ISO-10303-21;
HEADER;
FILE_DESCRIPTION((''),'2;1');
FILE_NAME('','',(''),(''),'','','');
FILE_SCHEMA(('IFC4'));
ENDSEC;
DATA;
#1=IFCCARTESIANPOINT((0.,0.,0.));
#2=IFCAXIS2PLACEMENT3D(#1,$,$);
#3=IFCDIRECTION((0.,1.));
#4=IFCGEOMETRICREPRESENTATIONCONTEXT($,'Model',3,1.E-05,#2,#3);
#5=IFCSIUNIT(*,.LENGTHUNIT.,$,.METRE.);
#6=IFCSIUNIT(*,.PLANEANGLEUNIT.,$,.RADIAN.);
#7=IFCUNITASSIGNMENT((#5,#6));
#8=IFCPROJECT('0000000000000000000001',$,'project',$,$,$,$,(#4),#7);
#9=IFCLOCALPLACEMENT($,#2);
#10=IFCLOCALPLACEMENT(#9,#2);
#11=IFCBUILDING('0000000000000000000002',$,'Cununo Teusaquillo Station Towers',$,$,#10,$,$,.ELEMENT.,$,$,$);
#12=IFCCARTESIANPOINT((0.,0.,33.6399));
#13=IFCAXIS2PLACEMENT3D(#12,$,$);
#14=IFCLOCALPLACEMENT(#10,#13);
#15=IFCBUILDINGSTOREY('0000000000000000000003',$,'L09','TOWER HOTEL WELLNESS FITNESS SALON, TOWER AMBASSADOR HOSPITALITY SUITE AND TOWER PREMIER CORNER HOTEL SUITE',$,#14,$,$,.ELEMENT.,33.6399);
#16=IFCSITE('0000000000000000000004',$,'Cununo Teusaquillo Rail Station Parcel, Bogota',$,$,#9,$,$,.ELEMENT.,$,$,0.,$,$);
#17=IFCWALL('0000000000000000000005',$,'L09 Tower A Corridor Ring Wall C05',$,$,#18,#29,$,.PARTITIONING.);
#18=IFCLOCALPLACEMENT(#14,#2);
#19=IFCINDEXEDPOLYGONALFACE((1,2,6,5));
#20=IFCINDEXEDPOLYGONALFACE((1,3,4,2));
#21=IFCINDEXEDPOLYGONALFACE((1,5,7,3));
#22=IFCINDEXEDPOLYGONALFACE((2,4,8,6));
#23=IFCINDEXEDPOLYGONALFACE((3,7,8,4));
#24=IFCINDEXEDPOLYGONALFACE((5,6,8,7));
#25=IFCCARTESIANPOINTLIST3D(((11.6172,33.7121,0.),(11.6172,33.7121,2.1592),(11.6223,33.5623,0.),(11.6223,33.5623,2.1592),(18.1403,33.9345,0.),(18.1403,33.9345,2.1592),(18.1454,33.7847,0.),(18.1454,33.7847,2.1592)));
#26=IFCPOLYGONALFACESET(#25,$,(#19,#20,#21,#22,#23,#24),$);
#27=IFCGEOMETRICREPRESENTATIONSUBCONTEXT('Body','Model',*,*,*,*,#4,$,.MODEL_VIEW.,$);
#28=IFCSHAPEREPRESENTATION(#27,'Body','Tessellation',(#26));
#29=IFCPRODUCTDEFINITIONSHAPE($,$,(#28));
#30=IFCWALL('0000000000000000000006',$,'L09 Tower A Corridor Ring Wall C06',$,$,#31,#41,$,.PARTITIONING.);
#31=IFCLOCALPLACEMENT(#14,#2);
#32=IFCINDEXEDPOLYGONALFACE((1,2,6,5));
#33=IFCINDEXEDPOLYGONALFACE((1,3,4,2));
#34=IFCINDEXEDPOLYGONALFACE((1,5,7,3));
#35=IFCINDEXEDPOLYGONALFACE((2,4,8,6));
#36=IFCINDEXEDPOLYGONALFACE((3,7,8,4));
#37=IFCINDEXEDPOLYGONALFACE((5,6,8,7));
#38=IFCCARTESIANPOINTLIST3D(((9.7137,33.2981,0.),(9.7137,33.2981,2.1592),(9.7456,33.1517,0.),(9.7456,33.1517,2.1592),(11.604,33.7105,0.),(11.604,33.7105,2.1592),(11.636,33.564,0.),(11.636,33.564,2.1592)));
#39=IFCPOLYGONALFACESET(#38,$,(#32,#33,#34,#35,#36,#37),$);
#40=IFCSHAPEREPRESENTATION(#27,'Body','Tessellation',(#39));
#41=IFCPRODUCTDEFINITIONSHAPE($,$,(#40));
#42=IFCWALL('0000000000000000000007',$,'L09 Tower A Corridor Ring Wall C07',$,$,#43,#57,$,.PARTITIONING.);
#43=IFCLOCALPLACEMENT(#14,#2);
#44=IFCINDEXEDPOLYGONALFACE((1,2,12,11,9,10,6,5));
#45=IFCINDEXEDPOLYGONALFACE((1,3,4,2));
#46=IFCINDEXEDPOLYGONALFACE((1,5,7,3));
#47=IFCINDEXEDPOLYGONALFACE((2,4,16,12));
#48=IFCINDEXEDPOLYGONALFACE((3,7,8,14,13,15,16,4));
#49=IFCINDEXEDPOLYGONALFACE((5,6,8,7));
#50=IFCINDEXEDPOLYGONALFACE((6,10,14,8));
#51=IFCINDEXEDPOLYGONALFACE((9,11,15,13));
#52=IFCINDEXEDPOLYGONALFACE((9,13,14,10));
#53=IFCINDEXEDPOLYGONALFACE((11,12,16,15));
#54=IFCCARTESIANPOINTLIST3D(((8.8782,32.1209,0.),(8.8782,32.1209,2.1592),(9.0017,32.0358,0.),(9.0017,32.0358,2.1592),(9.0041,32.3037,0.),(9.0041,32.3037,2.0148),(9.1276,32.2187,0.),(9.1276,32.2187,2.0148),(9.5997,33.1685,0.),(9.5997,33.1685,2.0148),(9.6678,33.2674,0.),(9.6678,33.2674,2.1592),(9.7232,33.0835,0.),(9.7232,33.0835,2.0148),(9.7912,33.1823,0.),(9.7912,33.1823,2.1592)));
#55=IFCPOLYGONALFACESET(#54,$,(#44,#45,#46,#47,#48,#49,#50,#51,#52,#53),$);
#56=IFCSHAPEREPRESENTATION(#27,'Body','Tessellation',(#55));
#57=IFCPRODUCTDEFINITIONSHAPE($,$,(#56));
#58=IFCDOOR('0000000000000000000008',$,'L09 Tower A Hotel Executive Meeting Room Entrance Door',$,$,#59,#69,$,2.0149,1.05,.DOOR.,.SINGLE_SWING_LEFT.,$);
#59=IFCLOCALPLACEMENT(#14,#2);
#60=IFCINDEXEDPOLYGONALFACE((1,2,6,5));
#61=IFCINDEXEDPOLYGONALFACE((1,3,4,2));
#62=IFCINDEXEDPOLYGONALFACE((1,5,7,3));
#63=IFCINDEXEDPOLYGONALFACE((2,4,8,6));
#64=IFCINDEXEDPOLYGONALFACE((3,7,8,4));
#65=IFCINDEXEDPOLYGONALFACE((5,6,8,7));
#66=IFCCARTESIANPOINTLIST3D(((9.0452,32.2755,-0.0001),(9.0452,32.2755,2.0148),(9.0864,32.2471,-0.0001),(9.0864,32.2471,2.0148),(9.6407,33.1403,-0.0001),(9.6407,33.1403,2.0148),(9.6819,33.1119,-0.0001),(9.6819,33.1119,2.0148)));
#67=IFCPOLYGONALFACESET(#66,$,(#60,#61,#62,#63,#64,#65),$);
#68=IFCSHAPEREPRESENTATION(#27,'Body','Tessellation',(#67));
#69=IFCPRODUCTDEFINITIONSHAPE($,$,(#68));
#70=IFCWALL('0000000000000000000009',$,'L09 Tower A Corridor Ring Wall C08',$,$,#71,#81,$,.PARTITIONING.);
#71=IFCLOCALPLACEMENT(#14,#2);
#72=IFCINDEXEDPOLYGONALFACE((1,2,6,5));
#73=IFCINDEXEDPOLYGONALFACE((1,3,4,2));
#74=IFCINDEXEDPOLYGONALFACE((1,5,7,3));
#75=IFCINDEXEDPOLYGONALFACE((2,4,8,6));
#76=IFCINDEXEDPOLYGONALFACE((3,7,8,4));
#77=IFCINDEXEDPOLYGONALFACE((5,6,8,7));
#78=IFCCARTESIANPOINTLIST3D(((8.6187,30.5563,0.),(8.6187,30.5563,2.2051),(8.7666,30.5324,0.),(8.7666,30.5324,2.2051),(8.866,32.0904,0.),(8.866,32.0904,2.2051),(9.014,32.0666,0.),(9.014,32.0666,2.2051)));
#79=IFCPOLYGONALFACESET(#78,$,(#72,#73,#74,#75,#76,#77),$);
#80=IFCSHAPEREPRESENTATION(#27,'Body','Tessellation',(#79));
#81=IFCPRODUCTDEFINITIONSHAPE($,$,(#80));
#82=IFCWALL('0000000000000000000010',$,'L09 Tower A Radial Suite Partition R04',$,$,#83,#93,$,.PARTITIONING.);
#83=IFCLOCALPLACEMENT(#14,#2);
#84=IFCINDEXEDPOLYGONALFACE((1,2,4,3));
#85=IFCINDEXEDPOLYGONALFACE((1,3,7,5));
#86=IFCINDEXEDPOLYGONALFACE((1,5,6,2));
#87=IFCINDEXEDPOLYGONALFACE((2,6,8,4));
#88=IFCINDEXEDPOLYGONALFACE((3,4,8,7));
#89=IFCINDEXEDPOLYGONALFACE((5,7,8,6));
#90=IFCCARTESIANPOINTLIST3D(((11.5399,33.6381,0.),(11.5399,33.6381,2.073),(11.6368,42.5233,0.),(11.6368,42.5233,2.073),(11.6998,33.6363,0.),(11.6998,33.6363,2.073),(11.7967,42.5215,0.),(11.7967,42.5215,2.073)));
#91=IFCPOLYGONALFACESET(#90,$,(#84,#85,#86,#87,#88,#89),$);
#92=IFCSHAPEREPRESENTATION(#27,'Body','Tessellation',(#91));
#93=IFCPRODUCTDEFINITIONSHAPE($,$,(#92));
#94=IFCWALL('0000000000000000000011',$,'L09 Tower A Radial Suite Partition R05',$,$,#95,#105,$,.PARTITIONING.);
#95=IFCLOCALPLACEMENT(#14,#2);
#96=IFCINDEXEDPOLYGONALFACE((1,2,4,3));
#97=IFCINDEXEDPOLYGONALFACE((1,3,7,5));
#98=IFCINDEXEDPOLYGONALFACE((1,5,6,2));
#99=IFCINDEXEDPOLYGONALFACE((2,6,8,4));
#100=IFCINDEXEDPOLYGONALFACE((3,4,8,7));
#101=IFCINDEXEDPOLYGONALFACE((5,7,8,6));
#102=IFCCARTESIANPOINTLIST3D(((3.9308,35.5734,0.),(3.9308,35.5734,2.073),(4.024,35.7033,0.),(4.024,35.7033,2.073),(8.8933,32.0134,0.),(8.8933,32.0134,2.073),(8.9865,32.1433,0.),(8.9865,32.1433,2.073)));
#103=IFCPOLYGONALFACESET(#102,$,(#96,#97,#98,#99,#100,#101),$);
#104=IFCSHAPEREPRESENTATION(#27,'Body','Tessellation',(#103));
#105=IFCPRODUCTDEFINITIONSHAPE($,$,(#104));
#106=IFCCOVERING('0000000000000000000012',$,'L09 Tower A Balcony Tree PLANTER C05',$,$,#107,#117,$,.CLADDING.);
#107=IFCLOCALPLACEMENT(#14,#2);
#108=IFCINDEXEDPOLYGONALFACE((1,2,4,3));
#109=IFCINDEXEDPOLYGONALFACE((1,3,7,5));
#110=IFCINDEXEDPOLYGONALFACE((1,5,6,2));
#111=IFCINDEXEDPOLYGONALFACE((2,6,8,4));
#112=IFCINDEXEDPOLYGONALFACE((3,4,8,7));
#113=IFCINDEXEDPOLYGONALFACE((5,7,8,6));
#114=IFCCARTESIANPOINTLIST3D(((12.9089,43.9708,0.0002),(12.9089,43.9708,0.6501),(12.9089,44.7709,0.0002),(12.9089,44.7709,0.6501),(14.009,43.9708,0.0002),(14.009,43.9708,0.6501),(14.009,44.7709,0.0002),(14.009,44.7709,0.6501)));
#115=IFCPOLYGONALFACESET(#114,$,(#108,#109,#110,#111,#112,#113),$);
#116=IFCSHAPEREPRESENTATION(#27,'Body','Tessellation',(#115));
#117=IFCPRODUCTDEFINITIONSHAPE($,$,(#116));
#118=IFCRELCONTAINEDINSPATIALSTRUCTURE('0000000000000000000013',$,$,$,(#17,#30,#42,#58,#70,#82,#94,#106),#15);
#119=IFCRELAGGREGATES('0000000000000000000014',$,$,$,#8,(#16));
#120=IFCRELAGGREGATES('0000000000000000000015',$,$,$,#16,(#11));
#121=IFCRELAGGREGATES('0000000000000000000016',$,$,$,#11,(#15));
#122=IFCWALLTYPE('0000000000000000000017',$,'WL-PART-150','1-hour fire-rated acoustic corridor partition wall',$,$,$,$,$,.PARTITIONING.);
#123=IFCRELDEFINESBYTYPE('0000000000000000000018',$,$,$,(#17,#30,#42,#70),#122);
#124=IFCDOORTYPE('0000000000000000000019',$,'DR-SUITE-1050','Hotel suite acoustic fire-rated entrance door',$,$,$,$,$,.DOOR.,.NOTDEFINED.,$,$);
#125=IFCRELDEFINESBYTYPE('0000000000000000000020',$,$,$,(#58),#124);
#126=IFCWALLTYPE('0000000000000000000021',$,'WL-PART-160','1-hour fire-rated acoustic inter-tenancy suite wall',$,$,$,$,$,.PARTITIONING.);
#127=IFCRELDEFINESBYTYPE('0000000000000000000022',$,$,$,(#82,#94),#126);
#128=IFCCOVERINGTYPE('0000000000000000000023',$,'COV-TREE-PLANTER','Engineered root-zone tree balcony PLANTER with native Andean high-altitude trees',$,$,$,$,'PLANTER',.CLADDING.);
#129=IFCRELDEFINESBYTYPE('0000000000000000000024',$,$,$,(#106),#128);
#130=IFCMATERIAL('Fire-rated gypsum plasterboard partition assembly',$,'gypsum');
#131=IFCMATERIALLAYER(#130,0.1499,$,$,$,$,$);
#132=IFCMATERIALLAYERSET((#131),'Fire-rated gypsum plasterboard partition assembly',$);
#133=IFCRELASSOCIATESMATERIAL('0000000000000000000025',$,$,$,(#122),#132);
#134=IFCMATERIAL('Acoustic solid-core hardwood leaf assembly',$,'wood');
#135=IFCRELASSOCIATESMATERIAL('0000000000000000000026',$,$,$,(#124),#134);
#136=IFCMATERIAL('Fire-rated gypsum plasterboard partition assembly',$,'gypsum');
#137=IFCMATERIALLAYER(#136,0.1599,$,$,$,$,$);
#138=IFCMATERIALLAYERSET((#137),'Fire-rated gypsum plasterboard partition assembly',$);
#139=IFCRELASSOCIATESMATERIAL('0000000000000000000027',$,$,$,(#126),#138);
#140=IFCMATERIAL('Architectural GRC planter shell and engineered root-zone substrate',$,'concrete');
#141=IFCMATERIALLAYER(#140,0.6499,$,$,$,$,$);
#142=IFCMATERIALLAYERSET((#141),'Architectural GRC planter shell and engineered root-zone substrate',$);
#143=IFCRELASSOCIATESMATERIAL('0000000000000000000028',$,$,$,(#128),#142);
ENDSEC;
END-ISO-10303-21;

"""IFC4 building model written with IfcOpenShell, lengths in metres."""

from ifc_helpers import new_model, si_unit, direction, frame, frame_2d, origin, origin_2d, place, context, subcontext, project, spatial, rectangle, extrude, source, transform, mapped, material, layer, layer_set, type_object, element, fill, save


model = new_model("IFC4")

# Units and contexts
model_context = context("Model", 3, precision=1e-05, world=origin(), true_north=direction((0.0, 1.0)))
body_context = subcontext(model_context, "Body", "Model", "MODEL_VIEW")
ifc_project = project(units=[si_unit("LENGTHUNIT", "METRE"), si_unit("PLANEANGLEUNIT", "RADIAN")], contexts=[model_context])

# Site, building, storey
site_placement = place(None, origin())
site = spatial("IfcSite", under=ifc_project, at=site_placement, Name="Cununo Teusaquillo Rail Station Parcel, Bogota", CompositionType="ELEMENT", RefElevation=0.0)
building_placement = place(site_placement, origin())
building = spatial("IfcBuilding", under=site, at=building_placement, Name="Cununo Teusaquillo Station Towers", CompositionType="ELEMENT")
storey_placement = place(building_placement, frame((0.0, 0.0, 33.6399)))
storey = spatial("IfcBuildingStorey", under=building, at=storey_placement, Name="L09", Description="TOWER HOTEL WELLNESS FITNESS SALON, TOWER AMBASSADOR HOSPITALITY SUITE AND TOWER PREMIER CORNER HOTEL SUITE", CompositionType="ELEMENT", Elevation=33.6399)

# Walls
ifc_material_1 = material(Name="Fire-rated gypsum plasterboard partition assembly", Category="gypsum")
ifc_layer_1 = layer(ifc_material_1, 0.1499)
ifc_layer_set_1 = layer_set([ifc_layer_1], Name="Fire-rated gypsum plasterboard partition assembly")
wall_type_1 = type_object("IfcWallType", Name="WL-PART-150", Description="1-hour fire-rated acoustic corridor partition wall", PredefinedType="PARTITIONING", material=ifc_layer_set_1)
wall_1_placement = place(storey_placement, frame((18.1428, 33.8596, 0.0), z_axis=(0.0, 0.0, 1.0), x_axis=(-0.999419, -0.034077, 0.0)))
element("IfcWall", 1, at=wall_1_placement, inside=storey, type_object=wall_type_1, Name="L09 Tower A Corridor Ring Wall C05", PredefinedType="PARTITIONING", context=body_context, shape_type="SweptSolid", body=[
    extrude(rectangle(XDim=6.5269, YDim=0.1499, at=frame_2d((3.2634, 0.0))), origin(), (0.0, 0.0, 1.0), 2.1592),
])
wall_2_placement = place(storey_placement, frame((11.6199, 33.6372, 0.0), z_axis=(0.0, 0.0, 1.0), x_axis=(-0.977026, -0.213121, 0.0)))
element("IfcWall", 2, at=wall_2_placement, inside=storey, type_object=wall_type_1, Name="L09 Tower A Corridor Ring Wall C06", PredefinedType="PARTITIONING", context=body_context, shape_type="SweptSolid", body=[
    extrude(rectangle(XDim=1.9348, YDim=0.1499, at=frame_2d((0.9673, 0.0))), origin(), (0.0, 0.0, 1.0), 2.1592),
])

# Wall, opening, door
wall_3_placement = place(storey_placement, frame((9.7295, 33.2249, 0.0), z_axis=(0.0, 0.0, 1.0), x_axis=(-0.567184, -0.823591, 0.0)))
wall_3 = element("IfcWall", 3, at=wall_3_placement, inside=storey, type_object=wall_type_1, Name="L09 Tower A Corridor Ring Wall C07", PredefinedType="PARTITIONING", context=body_context, shape_type="SweptSolid", body=[
    extrude(rectangle(XDim=1.3921, YDim=0.1499, at=frame_2d((0.696, 0.0))), origin(), (0.0, 0.0, 1.0), 2.1592),
])
shared_shape_1 = source(origin(), body_context, "Body", "SweptSolid", [
    extrude(rectangle(XDim=1.05, YDim=2.0149, at=frame_2d((0.5249, 1.0073))), frame((0.0, 0.085, 0.0), z_axis=(0.0, -1.0, 0.0), x_axis=(1.0, 0.0, 0.0)), (0.0, 0.0, 1.0), 0.1699),
])
opening_1_placement = place(wall_3_placement, frame((0.1201, 0.0, 0.0)))
opening_1 = element("IfcOpeningElement", 4, at=opening_1_placement, cuts=wall_3, PredefinedType="OPENING", context=body_context, shape_type="MappedRepresentation", body=[
    mapped(shared_shape_1, transform((0.0, 0.0, 0.0), x_axis=(1.0, 0.0, 0.0), y_axis=(0.0, 1.0, 0.0), z_axis=(0.0, 0.0, 1.0), scale=1.0)),
])
ifc_material_2 = material(Name="Acoustic solid-core hardwood leaf assembly", Category="wood")
door_type_1 = type_object("IfcDoorType", Name="DR-SUITE-1050", Description="Hotel suite acoustic fire-rated entrance door", OperationType="NOTDEFINED", PredefinedType="DOOR", material=ifc_material_2)
shared_shape_2 = source(origin(), body_context, "Body", "SweptSolid", [
    extrude(rectangle(XDim=1.05, YDim=2.0149, at=frame_2d((0.5249, 1.0073))), frame((0.0, 0.0249, 0.0), z_axis=(0.0, -1.0, 0.0), x_axis=(1.0, 0.0, 0.0)), (0.0, 0.0, 1.0), 0.05),
])
door_1_placement = place(opening_1_placement, origin())
door_1 = element("IfcDoor", 5, at=door_1_placement, inside=storey, type_object=door_type_1, Name="L09 Tower A Hotel Executive Meeting Room Entrance Door", OperationType="SINGLE_SWING_LEFT", OverallHeight=2.0149, OverallWidth=1.05, PredefinedType="DOOR", context=body_context, shape_type="MappedRepresentation", body=[
    mapped(shared_shape_2, transform((0.0, 0.0, 0.0), x_axis=(1.0, 0.0, 0.0), y_axis=(0.0, 1.0, 0.0), z_axis=(0.0, 0.0, 1.0), scale=1.0)),
])
fill(opening_1, door_1)

# Walls
wall_4_placement = place(storey_placement, frame((8.9399, 32.0784, 0.0), z_axis=(0.0, 0.0, 1.0), x_axis=(-0.159148, -0.987255, 0.0)))
element("IfcWall", 6, at=wall_4_placement, inside=storey, type_object=wall_type_1, Name="L09 Tower A Corridor Ring Wall C08", PredefinedType="PARTITIONING", context=body_context, shape_type="SweptSolid", body=[
    extrude(rectangle(XDim=1.554, YDim=0.1499, at=frame_2d((0.7769, 0.0))), origin(), (0.0, 0.0, 1.0), 2.2051),
])
ifc_material_3 = material(Name="Fire-rated gypsum plasterboard partition assembly", Category="gypsum")
ifc_layer_2 = layer(ifc_material_3, 0.1599)
ifc_layer_set_2 = layer_set([ifc_layer_2], Name="Fire-rated gypsum plasterboard partition assembly")
wall_type_2 = type_object("IfcWallType", Name="WL-PART-160", Description="1-hour fire-rated acoustic inter-tenancy suite wall", PredefinedType="PARTITIONING", material=ifc_layer_set_2)
wall_5_placement = place(storey_placement, frame((11.6199, 33.6372, 0.0), z_axis=(0.0, 0.0, 1.0), x_axis=(0.010908, 0.999941, 0.0)))
element("IfcWall", 7, at=wall_5_placement, inside=storey, type_object=wall_type_2, Name="L09 Tower A Radial Suite Partition R04", PredefinedType="PARTITIONING", context=body_context, shape_type="SweptSolid", body=[
    extrude(rectangle(XDim=8.8857, YDim=0.1599, at=frame_2d((4.4429, 0.0))), origin(), (0.0, 0.0, 1.0), 2.073),
])
wall_6_placement = place(storey_placement, frame((8.9399, 32.0784, 0.0), z_axis=(0.0, 0.0, 1.0), x_axis=(-0.812546, 0.582897, 0.0)))
element("IfcWall", 8, at=wall_6_placement, inside=storey, type_object=wall_type_2, Name="L09 Tower A Radial Suite Partition R05", PredefinedType="PARTITIONING", context=body_context, shape_type="SweptSolid", body=[
    extrude(rectangle(XDim=6.1074, YDim=0.1599, at=frame_2d((3.0537, 0.0))), origin(), (0.0, 0.0, 1.0), 2.073),
])

# Covering
ifc_material_4 = material(Name="Architectural GRC planter shell and engineered root-zone substrate", Category="concrete")
ifc_layer_3 = layer(ifc_material_4, 0.6499)
ifc_layer_set_3 = layer_set([ifc_layer_3], Name="Architectural GRC planter shell and engineered root-zone substrate")
covering_type = type_object("IfcCoveringType", Name="COV-TREE-PLANTER", Description="Engineered root-zone tree balcony PLANTER with native Andean high-altitude trees", ElementType="PLANTER", PredefinedType="CLADDING", material=ifc_layer_set_3)
shared_shape_3 = source(origin(), body_context, "Body", "SweptSolid", [
    extrude(rectangle(XDim=1.1001, YDim=0.8, at=origin_2d()), origin(), (0.0, 0.0, 1.0), 0.6499),
])
covering_placement = place(storey_placement, frame((13.459, 44.3708, 0.0002), z_axis=(0.0, 0.0, 1.0), x_axis=(1.0, 0.0, 0.0)))
element("IfcCovering", 9, at=covering_placement, inside=storey, type_object=covering_type, Name="L09 Tower A Balcony Tree PLANTER C05", PredefinedType="CLADDING", context=body_context, shape_type="MappedRepresentation", body=[
    mapped(shared_shape_3, transform((0.0, 0.0, 0.0), x_axis=(1.0, 0.0, 0.0), y_axis=(0.0, 1.0, 0.0), z_axis=(0.0, 0.0, 1.0), scale=1.0)),
])

save(model, "model.ifc")
